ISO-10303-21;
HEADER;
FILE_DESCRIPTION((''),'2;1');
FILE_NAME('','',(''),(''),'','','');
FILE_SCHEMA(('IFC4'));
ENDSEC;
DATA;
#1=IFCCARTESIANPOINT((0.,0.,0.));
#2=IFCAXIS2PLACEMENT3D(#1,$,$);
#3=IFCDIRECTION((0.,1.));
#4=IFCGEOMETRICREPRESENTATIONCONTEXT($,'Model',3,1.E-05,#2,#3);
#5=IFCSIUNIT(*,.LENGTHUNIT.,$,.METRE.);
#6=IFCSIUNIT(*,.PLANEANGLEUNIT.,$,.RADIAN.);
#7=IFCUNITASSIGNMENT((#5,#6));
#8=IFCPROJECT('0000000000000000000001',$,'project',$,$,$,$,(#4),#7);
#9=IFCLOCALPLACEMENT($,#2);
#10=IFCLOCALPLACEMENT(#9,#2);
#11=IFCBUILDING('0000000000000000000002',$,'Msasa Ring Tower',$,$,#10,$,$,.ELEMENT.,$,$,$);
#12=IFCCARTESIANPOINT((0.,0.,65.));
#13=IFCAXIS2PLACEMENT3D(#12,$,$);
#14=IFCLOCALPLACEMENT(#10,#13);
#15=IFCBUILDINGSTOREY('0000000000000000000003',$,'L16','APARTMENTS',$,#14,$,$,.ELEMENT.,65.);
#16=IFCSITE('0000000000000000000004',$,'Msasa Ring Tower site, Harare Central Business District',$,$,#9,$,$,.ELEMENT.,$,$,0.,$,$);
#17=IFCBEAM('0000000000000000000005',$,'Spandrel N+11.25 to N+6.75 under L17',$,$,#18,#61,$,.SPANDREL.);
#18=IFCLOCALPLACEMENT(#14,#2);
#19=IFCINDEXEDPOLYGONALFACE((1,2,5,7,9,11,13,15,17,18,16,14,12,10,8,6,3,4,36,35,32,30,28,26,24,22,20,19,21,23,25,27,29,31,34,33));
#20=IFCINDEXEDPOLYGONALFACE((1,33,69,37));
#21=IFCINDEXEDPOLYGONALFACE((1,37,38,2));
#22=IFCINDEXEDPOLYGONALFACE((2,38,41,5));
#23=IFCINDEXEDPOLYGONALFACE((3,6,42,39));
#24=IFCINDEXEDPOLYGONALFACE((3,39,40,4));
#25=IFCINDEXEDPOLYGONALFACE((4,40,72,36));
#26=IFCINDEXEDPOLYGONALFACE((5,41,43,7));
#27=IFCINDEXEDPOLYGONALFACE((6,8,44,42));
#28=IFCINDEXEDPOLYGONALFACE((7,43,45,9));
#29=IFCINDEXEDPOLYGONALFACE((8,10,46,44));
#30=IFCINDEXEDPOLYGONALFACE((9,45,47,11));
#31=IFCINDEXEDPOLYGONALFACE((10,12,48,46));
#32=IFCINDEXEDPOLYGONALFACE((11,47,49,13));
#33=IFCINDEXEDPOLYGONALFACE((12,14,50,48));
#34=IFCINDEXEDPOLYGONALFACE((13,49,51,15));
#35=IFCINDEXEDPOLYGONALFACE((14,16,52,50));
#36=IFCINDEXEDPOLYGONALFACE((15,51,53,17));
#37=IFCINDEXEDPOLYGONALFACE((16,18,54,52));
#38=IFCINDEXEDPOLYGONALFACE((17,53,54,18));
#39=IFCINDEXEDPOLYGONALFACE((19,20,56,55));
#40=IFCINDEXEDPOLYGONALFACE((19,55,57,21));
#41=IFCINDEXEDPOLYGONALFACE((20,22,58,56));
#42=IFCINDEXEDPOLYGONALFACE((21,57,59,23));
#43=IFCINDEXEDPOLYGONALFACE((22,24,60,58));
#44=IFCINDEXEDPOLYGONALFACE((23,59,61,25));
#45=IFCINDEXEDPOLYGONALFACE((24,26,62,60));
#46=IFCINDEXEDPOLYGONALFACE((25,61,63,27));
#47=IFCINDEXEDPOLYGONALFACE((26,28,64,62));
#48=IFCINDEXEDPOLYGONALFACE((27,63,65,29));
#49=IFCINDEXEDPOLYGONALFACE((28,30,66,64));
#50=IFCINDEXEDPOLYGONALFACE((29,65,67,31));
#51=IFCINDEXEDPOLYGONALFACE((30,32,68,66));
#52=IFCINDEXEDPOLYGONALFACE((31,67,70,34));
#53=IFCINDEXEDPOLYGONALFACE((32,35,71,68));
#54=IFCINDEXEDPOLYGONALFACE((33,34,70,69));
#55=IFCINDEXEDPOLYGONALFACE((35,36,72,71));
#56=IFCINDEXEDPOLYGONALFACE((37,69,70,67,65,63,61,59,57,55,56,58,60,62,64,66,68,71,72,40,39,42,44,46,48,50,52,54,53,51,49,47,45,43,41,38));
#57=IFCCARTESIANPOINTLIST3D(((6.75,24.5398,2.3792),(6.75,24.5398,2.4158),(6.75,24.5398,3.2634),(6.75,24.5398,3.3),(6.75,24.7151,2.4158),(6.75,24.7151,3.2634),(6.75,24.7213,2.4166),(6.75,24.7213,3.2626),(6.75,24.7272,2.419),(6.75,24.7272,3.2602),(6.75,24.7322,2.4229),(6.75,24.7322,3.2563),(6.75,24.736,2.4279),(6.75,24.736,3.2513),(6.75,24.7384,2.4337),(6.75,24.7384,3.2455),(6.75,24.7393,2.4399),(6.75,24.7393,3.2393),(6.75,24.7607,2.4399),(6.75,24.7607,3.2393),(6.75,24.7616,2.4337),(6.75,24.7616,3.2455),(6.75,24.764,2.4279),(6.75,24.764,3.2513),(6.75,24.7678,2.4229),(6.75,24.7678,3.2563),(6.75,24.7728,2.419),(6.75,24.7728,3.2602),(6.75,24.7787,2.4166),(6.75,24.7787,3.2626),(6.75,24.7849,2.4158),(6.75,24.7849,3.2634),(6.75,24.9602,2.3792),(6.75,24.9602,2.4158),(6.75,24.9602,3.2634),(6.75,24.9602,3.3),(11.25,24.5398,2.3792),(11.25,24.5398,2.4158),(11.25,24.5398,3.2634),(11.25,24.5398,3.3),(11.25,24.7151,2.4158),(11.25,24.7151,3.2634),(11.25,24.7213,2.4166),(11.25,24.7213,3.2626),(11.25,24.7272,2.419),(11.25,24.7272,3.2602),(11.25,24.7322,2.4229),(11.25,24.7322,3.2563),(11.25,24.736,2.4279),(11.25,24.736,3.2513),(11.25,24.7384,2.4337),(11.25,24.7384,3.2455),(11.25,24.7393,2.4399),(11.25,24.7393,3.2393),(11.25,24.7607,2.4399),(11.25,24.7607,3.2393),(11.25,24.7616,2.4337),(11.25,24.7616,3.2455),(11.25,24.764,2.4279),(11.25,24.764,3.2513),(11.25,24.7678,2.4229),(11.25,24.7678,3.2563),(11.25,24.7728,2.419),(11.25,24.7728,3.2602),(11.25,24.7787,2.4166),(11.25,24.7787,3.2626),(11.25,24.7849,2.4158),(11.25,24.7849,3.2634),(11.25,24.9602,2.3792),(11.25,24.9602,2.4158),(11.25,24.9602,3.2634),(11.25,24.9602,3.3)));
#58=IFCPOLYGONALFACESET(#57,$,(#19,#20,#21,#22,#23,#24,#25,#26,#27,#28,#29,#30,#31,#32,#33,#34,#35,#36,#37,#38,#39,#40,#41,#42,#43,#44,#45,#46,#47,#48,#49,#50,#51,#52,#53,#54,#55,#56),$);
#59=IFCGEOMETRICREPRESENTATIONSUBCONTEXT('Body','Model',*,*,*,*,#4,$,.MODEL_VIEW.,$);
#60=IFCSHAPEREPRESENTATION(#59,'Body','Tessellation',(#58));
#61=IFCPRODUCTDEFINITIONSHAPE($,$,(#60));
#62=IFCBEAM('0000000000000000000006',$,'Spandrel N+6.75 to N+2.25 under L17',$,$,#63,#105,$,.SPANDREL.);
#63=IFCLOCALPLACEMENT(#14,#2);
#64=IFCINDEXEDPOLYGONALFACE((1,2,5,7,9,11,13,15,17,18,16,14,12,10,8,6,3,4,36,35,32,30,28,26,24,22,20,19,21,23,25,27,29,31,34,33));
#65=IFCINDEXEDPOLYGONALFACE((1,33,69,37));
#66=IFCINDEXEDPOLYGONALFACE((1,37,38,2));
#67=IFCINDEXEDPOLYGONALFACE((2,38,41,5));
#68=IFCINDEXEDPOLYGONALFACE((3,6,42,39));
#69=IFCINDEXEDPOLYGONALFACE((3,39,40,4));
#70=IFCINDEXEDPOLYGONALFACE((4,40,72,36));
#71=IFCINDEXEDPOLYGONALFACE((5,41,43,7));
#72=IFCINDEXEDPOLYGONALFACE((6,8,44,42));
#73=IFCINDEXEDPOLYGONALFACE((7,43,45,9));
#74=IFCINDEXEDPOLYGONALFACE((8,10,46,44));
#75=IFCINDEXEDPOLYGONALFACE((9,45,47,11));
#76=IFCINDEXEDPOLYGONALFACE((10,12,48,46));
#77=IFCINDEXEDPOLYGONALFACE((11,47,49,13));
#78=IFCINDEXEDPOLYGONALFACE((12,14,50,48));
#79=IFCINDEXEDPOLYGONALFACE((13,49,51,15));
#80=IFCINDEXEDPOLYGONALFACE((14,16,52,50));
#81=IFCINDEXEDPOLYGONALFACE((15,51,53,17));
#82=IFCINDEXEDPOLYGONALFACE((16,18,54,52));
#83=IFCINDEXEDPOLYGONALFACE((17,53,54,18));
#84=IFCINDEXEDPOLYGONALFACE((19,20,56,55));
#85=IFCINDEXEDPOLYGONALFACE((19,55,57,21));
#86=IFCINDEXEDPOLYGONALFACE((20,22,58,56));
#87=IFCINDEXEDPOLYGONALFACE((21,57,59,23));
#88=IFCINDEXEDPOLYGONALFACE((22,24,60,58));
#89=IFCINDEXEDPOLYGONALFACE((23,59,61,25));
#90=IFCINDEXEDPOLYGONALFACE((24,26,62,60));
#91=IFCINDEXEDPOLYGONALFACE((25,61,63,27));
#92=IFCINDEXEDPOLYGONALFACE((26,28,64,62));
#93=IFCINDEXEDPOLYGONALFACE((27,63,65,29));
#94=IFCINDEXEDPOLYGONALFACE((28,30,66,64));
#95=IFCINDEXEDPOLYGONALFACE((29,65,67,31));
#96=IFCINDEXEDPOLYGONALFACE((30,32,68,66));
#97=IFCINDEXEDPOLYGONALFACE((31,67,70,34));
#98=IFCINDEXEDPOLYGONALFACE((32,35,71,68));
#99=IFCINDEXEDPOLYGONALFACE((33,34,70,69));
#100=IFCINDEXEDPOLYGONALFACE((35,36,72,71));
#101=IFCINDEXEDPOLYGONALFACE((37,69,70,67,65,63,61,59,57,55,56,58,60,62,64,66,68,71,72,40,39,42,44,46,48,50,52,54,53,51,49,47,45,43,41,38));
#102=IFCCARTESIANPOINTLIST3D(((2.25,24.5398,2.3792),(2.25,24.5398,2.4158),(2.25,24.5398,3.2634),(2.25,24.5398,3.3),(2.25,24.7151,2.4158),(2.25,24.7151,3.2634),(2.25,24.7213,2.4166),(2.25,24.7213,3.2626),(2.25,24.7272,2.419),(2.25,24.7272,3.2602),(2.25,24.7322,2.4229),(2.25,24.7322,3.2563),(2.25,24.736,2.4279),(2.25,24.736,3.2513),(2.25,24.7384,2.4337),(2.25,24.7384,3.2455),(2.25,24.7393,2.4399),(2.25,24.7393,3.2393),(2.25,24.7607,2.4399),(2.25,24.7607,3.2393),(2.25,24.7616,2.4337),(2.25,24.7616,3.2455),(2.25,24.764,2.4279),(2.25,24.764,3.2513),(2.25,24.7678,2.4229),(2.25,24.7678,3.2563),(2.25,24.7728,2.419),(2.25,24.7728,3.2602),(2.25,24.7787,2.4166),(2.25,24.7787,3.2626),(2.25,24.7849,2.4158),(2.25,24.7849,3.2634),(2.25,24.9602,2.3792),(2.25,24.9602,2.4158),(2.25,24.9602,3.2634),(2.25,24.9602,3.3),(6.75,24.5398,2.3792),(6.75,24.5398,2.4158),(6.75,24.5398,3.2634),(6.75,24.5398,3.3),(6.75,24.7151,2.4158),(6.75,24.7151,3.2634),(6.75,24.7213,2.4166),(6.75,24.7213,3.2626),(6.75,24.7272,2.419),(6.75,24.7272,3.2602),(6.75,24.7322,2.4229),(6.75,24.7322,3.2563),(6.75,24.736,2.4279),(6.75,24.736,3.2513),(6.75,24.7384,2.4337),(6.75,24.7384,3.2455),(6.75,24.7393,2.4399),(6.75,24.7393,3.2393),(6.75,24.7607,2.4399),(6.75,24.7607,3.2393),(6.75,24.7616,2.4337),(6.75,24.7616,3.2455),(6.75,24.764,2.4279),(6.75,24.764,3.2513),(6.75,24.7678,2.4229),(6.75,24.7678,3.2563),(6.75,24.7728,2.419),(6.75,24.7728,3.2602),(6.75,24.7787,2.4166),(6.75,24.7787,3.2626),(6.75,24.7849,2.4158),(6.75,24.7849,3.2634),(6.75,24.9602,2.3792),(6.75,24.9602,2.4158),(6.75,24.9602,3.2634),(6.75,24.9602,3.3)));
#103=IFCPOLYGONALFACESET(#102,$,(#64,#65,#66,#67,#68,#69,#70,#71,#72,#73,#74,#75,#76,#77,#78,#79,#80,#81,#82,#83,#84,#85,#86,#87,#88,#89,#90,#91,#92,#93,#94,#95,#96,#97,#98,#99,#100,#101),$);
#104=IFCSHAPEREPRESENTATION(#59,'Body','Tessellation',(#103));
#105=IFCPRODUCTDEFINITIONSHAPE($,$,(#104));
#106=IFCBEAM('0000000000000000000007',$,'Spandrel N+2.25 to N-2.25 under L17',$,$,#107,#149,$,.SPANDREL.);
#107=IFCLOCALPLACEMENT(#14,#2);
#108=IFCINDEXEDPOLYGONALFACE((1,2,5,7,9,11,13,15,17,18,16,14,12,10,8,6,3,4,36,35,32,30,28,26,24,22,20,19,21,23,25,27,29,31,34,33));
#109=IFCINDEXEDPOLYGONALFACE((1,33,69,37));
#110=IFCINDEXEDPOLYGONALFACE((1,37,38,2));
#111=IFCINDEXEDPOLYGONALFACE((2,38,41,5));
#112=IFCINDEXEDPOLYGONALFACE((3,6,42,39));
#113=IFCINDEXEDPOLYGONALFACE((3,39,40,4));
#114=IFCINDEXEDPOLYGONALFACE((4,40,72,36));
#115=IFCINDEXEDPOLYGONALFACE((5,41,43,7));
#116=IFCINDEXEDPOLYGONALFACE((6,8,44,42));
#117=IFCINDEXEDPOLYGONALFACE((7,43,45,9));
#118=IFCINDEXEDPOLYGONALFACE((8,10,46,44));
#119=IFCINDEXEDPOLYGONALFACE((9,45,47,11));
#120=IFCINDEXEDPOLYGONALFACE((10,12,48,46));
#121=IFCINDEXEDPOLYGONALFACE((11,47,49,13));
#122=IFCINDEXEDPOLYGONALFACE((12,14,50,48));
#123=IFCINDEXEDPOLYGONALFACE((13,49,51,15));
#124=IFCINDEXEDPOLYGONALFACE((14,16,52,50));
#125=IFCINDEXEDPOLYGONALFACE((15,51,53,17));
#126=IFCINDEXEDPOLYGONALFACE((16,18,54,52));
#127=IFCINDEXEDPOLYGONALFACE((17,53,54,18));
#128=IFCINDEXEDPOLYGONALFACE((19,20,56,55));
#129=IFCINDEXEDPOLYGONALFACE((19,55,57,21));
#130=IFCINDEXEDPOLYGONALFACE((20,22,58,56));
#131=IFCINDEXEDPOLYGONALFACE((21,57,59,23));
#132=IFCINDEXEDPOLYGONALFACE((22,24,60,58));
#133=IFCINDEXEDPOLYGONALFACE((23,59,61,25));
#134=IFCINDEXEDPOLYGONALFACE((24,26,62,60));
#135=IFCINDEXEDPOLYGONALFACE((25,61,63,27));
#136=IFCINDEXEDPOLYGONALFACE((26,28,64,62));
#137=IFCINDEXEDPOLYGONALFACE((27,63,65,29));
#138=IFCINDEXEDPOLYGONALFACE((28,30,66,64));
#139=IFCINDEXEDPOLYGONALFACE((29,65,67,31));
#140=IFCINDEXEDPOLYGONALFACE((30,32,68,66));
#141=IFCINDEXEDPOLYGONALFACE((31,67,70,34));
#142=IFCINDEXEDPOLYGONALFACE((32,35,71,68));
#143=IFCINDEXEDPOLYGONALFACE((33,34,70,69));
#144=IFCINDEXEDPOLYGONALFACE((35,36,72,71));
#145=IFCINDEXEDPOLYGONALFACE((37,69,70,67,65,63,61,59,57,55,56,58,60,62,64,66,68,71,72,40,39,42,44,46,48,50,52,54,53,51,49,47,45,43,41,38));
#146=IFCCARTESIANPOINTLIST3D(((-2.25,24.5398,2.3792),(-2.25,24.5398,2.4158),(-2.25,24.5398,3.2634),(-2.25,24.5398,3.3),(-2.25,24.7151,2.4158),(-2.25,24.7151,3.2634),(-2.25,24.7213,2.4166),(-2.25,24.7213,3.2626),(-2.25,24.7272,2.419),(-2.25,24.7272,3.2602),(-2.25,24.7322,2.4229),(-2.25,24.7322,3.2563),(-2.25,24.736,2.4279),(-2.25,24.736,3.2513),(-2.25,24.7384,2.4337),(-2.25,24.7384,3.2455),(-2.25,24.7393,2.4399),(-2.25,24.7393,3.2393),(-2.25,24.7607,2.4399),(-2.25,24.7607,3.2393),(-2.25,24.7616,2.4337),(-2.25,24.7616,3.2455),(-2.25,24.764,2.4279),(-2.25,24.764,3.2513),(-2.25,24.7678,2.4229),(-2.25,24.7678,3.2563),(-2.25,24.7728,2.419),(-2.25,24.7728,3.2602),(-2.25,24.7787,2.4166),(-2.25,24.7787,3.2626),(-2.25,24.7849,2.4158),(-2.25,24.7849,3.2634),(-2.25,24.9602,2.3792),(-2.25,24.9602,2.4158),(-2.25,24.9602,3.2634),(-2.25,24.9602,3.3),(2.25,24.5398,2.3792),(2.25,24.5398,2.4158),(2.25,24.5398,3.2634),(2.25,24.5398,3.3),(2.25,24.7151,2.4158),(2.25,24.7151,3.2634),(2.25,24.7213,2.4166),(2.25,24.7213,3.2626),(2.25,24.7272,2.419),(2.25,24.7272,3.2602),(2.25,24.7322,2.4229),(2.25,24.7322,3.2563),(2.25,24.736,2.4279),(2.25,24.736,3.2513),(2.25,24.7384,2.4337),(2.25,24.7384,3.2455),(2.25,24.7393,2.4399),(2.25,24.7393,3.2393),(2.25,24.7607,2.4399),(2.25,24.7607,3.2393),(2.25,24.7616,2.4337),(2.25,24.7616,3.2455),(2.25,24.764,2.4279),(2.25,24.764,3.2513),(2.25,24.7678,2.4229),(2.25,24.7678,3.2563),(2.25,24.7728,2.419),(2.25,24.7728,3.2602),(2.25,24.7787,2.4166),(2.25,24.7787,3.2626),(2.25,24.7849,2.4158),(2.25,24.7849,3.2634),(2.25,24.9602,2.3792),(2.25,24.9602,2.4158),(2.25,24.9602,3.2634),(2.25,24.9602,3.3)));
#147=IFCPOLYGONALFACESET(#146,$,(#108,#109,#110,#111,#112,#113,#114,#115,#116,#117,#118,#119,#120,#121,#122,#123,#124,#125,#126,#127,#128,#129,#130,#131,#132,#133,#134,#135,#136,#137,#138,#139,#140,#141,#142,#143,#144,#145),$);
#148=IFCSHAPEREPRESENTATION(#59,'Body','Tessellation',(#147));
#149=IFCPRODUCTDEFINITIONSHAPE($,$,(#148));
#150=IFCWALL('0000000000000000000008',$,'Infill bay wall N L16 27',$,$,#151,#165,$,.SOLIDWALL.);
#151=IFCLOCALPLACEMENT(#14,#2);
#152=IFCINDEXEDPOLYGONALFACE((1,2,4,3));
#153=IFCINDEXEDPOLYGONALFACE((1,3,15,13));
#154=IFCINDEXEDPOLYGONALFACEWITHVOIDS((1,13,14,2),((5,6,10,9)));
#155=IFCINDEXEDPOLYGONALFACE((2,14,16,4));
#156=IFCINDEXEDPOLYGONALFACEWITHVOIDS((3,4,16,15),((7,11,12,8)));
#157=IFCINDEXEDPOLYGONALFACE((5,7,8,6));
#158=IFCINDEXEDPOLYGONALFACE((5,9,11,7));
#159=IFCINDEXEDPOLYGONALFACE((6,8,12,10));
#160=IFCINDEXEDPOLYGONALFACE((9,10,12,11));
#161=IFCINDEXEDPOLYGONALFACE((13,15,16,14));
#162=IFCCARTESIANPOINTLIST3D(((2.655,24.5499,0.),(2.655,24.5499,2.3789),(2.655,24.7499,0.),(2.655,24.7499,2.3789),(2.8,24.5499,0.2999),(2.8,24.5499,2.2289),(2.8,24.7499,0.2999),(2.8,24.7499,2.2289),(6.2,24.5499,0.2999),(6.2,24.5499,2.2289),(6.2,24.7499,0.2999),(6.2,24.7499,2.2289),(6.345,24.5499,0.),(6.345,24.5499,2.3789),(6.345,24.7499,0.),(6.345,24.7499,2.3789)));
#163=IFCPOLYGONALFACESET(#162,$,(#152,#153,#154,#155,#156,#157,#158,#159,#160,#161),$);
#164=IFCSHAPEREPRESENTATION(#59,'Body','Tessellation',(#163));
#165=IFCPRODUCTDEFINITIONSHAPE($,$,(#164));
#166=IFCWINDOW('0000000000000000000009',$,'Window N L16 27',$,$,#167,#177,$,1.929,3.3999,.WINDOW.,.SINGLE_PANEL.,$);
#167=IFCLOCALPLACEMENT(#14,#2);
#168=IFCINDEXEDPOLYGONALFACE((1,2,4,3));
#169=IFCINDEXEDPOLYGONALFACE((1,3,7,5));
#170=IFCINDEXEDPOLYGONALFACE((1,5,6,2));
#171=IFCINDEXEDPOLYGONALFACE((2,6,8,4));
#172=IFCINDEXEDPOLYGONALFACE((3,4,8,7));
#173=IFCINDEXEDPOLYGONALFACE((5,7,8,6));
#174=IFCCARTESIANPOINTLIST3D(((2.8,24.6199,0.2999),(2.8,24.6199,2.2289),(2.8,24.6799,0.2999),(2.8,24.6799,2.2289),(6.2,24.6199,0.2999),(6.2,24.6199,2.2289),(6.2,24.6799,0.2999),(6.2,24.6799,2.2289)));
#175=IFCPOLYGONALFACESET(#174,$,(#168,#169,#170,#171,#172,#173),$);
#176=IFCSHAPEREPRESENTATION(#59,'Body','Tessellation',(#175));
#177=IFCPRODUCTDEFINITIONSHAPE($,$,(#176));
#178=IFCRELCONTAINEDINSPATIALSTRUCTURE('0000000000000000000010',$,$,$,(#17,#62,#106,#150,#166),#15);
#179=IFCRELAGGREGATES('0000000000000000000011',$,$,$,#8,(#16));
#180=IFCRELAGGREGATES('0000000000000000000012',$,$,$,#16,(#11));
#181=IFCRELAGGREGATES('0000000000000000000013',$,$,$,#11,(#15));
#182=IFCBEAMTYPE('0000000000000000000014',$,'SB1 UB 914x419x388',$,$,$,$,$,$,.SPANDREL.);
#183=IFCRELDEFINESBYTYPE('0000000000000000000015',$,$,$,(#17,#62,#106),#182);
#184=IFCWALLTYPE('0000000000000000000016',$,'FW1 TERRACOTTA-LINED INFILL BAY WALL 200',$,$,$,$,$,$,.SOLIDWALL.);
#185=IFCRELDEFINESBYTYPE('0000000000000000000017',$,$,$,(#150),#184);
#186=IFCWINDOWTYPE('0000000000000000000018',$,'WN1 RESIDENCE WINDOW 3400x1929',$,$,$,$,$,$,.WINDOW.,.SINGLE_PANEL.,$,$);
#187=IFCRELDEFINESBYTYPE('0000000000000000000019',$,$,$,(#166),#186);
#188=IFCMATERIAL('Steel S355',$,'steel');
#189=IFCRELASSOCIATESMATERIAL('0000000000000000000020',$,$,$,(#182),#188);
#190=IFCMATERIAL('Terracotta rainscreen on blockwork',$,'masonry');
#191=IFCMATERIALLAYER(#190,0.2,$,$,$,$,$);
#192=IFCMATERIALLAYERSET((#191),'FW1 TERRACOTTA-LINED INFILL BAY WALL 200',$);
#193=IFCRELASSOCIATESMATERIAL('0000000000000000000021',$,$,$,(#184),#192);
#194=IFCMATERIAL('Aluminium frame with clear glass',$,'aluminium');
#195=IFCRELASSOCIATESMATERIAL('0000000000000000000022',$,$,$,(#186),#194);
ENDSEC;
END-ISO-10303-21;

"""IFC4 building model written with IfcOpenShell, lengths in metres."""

from ifc_helpers import new_model, si_unit, direction, frame, frame_2d, origin, origin_2d, place, context, subcontext, project, spatial, rectangle, i_section, extrude, material, layer, layer_set, material_profile, profile_set, type_object, element, fill, save


model = new_model("IFC4")

# Units and contexts
model_context = context("Model", 3, precision=1e-05, world=origin(), true_north=direction((0.0, 1.0)))
body_context = subcontext(model_context, "Body", "Model", "MODEL_VIEW")
ifc_project = project(units=[si_unit("LENGTHUNIT", "METRE"), si_unit("PLANEANGLEUNIT", "RADIAN")], contexts=[model_context])

# Site, building, storey
site_placement = place(None, origin())
site = spatial("IfcSite", under=ifc_project, at=site_placement, Name="Msasa Ring Tower site, Harare Central Business District", CompositionType="ELEMENT", RefElevation=0.0)
building_placement = place(site_placement, origin())
building = spatial("IfcBuilding", under=site, at=building_placement, Name="Msasa Ring Tower", CompositionType="ELEMENT")
storey_placement = place(building_placement, frame((0.0, 0.0, 65.0)))
storey = spatial("IfcBuildingStorey", under=building, at=storey_placement, Name="L16", Description="APARTMENTS", CompositionType="ELEMENT", Elevation=65.0)

# Beams
ifc_material_1 = material(Name="Steel S355", Category="steel")
ifc_material_profile_1 = material_profile(ifc_material_1, i_section(OverallWidth=0.4204, OverallDepth=0.9209, WebThickness=0.0215, FlangeThickness=0.0366, FilletRadius=0.0242, at=origin_2d()), Name="UB 914x419x388")
ifc_profile_set_1 = profile_set([ifc_material_profile_1], Name="Steel S355")
beam_type_1 = type_object("IfcBeamType", Name="SB1 UB 914x419x388", PredefinedType="SPANDREL", material=ifc_profile_set_1)
for number, where, z_axis, x_axis, name in (
    (1, (11.25, 24.75, 2.8396), (-1.0, 0.0, 0.0), (0.0, -1.0, 0.0), "Spandrel N+11.25 to N+6.75 under L17"),
    (2, (6.75, 24.75, 2.8396), (-1.0, 0.0, 0.0), (0.0, -1.0, 0.0), "Spandrel N+6.75 to N+2.25 under L17"),
    (3, (2.25, 24.75, 2.8396), (-1.0, 0.0, 0.0), (0.0, -1.0, 0.0), "Spandrel N+2.25 to N-2.25 under L17"),
):
    element("IfcBeam", number, at=place(storey_placement, frame(where, z_axis=z_axis, x_axis=x_axis)), inside=storey, type_object=beam_type_1, Name=name, PredefinedType="SPANDREL", context=body_context, shape_type="SweptSolid", body=[
        extrude(i_section(OverallWidth=0.4204, OverallDepth=0.9209, WebThickness=0.0215, FlangeThickness=0.0366, FilletRadius=0.0242, at=origin_2d()), origin(), (0.0, 0.0, 1.0), 4.5),
    ])

# Wall, opening, window
ifc_material_2 = material(Name="Terracotta rainscreen on blockwork", Category="masonry")
ifc_layer_1 = layer(ifc_material_2, 0.2)
ifc_layer_set_1 = layer_set([ifc_layer_1], Name="FW1 TERRACOTTA-LINED INFILL BAY WALL 200")
wall_type_1 = type_object("IfcWallType", Name="FW1 TERRACOTTA-LINED INFILL BAY WALL 200", PredefinedType="SOLIDWALL", material=ifc_layer_set_1)
wall_1_placement = place(storey_placement, frame((2.655, 24.6499, 0.0), z_axis=(0.0, 0.0, 1.0), x_axis=(1.0, 0.0, 0.0)))
wall_1 = element("IfcWall", 4, at=wall_1_placement, inside=storey, type_object=wall_type_1, Name="Infill bay wall N L16 27", PredefinedType="SOLIDWALL", context=body_context, shape_type="SweptSolid", body=[
    extrude(rectangle(XDim=3.6899, YDim=0.2, at=frame_2d((1.845, 0.0))), origin(), (0.0, 0.0, 1.0), 2.3789),
])
opening_1_placement = place(wall_1_placement, frame((0.145, 0.0, 0.3)))
opening_1 = element("IfcOpeningElement", 5, at=opening_1_placement, cuts=wall_1, PredefinedType="OPENING", context=body_context, shape_type="SweptSolid", body=[
    extrude(rectangle(XDim=3.3999, YDim=1.929, at=frame_2d((1.7, 0.9644))), frame((0.0, 0.1099, 0.0), z_axis=(0.0, -1.0, 0.0), x_axis=(1.0, 0.0, 0.0)), (0.0, 0.0, 1.0), 0.22),
])
ifc_material_3 = material(Name="Aluminium frame with clear glass", Category="aluminium")
window_type = type_object("IfcWindowType", Name="WN1 RESIDENCE WINDOW 3400x1929", PartitioningType="SINGLE_PANEL", PredefinedType="WINDOW", material=ifc_material_3)
window_1_placement = place(opening_1_placement, origin())
window_1 = element("IfcWindow", 6, at=window_1_placement, inside=storey, type_object=window_type, Name="Window N L16 27", OverallHeight=1.929, OverallWidth=3.3999, PartitioningType="SINGLE_PANEL", PredefinedType="WINDOW", context=body_context, shape_type="SweptSolid", body=[
    extrude(rectangle(XDim=3.3999, YDim=1.929, at=frame_2d((1.7, 0.9644))), frame((0.0, 0.03, 0.0), z_axis=(0.0, -1.0, 0.0), x_axis=(1.0, 0.0, 0.0)), (0.0, 0.0, 1.0), 0.0601),
])
fill(opening_1, window_1)

save(model, "model.ifc")
